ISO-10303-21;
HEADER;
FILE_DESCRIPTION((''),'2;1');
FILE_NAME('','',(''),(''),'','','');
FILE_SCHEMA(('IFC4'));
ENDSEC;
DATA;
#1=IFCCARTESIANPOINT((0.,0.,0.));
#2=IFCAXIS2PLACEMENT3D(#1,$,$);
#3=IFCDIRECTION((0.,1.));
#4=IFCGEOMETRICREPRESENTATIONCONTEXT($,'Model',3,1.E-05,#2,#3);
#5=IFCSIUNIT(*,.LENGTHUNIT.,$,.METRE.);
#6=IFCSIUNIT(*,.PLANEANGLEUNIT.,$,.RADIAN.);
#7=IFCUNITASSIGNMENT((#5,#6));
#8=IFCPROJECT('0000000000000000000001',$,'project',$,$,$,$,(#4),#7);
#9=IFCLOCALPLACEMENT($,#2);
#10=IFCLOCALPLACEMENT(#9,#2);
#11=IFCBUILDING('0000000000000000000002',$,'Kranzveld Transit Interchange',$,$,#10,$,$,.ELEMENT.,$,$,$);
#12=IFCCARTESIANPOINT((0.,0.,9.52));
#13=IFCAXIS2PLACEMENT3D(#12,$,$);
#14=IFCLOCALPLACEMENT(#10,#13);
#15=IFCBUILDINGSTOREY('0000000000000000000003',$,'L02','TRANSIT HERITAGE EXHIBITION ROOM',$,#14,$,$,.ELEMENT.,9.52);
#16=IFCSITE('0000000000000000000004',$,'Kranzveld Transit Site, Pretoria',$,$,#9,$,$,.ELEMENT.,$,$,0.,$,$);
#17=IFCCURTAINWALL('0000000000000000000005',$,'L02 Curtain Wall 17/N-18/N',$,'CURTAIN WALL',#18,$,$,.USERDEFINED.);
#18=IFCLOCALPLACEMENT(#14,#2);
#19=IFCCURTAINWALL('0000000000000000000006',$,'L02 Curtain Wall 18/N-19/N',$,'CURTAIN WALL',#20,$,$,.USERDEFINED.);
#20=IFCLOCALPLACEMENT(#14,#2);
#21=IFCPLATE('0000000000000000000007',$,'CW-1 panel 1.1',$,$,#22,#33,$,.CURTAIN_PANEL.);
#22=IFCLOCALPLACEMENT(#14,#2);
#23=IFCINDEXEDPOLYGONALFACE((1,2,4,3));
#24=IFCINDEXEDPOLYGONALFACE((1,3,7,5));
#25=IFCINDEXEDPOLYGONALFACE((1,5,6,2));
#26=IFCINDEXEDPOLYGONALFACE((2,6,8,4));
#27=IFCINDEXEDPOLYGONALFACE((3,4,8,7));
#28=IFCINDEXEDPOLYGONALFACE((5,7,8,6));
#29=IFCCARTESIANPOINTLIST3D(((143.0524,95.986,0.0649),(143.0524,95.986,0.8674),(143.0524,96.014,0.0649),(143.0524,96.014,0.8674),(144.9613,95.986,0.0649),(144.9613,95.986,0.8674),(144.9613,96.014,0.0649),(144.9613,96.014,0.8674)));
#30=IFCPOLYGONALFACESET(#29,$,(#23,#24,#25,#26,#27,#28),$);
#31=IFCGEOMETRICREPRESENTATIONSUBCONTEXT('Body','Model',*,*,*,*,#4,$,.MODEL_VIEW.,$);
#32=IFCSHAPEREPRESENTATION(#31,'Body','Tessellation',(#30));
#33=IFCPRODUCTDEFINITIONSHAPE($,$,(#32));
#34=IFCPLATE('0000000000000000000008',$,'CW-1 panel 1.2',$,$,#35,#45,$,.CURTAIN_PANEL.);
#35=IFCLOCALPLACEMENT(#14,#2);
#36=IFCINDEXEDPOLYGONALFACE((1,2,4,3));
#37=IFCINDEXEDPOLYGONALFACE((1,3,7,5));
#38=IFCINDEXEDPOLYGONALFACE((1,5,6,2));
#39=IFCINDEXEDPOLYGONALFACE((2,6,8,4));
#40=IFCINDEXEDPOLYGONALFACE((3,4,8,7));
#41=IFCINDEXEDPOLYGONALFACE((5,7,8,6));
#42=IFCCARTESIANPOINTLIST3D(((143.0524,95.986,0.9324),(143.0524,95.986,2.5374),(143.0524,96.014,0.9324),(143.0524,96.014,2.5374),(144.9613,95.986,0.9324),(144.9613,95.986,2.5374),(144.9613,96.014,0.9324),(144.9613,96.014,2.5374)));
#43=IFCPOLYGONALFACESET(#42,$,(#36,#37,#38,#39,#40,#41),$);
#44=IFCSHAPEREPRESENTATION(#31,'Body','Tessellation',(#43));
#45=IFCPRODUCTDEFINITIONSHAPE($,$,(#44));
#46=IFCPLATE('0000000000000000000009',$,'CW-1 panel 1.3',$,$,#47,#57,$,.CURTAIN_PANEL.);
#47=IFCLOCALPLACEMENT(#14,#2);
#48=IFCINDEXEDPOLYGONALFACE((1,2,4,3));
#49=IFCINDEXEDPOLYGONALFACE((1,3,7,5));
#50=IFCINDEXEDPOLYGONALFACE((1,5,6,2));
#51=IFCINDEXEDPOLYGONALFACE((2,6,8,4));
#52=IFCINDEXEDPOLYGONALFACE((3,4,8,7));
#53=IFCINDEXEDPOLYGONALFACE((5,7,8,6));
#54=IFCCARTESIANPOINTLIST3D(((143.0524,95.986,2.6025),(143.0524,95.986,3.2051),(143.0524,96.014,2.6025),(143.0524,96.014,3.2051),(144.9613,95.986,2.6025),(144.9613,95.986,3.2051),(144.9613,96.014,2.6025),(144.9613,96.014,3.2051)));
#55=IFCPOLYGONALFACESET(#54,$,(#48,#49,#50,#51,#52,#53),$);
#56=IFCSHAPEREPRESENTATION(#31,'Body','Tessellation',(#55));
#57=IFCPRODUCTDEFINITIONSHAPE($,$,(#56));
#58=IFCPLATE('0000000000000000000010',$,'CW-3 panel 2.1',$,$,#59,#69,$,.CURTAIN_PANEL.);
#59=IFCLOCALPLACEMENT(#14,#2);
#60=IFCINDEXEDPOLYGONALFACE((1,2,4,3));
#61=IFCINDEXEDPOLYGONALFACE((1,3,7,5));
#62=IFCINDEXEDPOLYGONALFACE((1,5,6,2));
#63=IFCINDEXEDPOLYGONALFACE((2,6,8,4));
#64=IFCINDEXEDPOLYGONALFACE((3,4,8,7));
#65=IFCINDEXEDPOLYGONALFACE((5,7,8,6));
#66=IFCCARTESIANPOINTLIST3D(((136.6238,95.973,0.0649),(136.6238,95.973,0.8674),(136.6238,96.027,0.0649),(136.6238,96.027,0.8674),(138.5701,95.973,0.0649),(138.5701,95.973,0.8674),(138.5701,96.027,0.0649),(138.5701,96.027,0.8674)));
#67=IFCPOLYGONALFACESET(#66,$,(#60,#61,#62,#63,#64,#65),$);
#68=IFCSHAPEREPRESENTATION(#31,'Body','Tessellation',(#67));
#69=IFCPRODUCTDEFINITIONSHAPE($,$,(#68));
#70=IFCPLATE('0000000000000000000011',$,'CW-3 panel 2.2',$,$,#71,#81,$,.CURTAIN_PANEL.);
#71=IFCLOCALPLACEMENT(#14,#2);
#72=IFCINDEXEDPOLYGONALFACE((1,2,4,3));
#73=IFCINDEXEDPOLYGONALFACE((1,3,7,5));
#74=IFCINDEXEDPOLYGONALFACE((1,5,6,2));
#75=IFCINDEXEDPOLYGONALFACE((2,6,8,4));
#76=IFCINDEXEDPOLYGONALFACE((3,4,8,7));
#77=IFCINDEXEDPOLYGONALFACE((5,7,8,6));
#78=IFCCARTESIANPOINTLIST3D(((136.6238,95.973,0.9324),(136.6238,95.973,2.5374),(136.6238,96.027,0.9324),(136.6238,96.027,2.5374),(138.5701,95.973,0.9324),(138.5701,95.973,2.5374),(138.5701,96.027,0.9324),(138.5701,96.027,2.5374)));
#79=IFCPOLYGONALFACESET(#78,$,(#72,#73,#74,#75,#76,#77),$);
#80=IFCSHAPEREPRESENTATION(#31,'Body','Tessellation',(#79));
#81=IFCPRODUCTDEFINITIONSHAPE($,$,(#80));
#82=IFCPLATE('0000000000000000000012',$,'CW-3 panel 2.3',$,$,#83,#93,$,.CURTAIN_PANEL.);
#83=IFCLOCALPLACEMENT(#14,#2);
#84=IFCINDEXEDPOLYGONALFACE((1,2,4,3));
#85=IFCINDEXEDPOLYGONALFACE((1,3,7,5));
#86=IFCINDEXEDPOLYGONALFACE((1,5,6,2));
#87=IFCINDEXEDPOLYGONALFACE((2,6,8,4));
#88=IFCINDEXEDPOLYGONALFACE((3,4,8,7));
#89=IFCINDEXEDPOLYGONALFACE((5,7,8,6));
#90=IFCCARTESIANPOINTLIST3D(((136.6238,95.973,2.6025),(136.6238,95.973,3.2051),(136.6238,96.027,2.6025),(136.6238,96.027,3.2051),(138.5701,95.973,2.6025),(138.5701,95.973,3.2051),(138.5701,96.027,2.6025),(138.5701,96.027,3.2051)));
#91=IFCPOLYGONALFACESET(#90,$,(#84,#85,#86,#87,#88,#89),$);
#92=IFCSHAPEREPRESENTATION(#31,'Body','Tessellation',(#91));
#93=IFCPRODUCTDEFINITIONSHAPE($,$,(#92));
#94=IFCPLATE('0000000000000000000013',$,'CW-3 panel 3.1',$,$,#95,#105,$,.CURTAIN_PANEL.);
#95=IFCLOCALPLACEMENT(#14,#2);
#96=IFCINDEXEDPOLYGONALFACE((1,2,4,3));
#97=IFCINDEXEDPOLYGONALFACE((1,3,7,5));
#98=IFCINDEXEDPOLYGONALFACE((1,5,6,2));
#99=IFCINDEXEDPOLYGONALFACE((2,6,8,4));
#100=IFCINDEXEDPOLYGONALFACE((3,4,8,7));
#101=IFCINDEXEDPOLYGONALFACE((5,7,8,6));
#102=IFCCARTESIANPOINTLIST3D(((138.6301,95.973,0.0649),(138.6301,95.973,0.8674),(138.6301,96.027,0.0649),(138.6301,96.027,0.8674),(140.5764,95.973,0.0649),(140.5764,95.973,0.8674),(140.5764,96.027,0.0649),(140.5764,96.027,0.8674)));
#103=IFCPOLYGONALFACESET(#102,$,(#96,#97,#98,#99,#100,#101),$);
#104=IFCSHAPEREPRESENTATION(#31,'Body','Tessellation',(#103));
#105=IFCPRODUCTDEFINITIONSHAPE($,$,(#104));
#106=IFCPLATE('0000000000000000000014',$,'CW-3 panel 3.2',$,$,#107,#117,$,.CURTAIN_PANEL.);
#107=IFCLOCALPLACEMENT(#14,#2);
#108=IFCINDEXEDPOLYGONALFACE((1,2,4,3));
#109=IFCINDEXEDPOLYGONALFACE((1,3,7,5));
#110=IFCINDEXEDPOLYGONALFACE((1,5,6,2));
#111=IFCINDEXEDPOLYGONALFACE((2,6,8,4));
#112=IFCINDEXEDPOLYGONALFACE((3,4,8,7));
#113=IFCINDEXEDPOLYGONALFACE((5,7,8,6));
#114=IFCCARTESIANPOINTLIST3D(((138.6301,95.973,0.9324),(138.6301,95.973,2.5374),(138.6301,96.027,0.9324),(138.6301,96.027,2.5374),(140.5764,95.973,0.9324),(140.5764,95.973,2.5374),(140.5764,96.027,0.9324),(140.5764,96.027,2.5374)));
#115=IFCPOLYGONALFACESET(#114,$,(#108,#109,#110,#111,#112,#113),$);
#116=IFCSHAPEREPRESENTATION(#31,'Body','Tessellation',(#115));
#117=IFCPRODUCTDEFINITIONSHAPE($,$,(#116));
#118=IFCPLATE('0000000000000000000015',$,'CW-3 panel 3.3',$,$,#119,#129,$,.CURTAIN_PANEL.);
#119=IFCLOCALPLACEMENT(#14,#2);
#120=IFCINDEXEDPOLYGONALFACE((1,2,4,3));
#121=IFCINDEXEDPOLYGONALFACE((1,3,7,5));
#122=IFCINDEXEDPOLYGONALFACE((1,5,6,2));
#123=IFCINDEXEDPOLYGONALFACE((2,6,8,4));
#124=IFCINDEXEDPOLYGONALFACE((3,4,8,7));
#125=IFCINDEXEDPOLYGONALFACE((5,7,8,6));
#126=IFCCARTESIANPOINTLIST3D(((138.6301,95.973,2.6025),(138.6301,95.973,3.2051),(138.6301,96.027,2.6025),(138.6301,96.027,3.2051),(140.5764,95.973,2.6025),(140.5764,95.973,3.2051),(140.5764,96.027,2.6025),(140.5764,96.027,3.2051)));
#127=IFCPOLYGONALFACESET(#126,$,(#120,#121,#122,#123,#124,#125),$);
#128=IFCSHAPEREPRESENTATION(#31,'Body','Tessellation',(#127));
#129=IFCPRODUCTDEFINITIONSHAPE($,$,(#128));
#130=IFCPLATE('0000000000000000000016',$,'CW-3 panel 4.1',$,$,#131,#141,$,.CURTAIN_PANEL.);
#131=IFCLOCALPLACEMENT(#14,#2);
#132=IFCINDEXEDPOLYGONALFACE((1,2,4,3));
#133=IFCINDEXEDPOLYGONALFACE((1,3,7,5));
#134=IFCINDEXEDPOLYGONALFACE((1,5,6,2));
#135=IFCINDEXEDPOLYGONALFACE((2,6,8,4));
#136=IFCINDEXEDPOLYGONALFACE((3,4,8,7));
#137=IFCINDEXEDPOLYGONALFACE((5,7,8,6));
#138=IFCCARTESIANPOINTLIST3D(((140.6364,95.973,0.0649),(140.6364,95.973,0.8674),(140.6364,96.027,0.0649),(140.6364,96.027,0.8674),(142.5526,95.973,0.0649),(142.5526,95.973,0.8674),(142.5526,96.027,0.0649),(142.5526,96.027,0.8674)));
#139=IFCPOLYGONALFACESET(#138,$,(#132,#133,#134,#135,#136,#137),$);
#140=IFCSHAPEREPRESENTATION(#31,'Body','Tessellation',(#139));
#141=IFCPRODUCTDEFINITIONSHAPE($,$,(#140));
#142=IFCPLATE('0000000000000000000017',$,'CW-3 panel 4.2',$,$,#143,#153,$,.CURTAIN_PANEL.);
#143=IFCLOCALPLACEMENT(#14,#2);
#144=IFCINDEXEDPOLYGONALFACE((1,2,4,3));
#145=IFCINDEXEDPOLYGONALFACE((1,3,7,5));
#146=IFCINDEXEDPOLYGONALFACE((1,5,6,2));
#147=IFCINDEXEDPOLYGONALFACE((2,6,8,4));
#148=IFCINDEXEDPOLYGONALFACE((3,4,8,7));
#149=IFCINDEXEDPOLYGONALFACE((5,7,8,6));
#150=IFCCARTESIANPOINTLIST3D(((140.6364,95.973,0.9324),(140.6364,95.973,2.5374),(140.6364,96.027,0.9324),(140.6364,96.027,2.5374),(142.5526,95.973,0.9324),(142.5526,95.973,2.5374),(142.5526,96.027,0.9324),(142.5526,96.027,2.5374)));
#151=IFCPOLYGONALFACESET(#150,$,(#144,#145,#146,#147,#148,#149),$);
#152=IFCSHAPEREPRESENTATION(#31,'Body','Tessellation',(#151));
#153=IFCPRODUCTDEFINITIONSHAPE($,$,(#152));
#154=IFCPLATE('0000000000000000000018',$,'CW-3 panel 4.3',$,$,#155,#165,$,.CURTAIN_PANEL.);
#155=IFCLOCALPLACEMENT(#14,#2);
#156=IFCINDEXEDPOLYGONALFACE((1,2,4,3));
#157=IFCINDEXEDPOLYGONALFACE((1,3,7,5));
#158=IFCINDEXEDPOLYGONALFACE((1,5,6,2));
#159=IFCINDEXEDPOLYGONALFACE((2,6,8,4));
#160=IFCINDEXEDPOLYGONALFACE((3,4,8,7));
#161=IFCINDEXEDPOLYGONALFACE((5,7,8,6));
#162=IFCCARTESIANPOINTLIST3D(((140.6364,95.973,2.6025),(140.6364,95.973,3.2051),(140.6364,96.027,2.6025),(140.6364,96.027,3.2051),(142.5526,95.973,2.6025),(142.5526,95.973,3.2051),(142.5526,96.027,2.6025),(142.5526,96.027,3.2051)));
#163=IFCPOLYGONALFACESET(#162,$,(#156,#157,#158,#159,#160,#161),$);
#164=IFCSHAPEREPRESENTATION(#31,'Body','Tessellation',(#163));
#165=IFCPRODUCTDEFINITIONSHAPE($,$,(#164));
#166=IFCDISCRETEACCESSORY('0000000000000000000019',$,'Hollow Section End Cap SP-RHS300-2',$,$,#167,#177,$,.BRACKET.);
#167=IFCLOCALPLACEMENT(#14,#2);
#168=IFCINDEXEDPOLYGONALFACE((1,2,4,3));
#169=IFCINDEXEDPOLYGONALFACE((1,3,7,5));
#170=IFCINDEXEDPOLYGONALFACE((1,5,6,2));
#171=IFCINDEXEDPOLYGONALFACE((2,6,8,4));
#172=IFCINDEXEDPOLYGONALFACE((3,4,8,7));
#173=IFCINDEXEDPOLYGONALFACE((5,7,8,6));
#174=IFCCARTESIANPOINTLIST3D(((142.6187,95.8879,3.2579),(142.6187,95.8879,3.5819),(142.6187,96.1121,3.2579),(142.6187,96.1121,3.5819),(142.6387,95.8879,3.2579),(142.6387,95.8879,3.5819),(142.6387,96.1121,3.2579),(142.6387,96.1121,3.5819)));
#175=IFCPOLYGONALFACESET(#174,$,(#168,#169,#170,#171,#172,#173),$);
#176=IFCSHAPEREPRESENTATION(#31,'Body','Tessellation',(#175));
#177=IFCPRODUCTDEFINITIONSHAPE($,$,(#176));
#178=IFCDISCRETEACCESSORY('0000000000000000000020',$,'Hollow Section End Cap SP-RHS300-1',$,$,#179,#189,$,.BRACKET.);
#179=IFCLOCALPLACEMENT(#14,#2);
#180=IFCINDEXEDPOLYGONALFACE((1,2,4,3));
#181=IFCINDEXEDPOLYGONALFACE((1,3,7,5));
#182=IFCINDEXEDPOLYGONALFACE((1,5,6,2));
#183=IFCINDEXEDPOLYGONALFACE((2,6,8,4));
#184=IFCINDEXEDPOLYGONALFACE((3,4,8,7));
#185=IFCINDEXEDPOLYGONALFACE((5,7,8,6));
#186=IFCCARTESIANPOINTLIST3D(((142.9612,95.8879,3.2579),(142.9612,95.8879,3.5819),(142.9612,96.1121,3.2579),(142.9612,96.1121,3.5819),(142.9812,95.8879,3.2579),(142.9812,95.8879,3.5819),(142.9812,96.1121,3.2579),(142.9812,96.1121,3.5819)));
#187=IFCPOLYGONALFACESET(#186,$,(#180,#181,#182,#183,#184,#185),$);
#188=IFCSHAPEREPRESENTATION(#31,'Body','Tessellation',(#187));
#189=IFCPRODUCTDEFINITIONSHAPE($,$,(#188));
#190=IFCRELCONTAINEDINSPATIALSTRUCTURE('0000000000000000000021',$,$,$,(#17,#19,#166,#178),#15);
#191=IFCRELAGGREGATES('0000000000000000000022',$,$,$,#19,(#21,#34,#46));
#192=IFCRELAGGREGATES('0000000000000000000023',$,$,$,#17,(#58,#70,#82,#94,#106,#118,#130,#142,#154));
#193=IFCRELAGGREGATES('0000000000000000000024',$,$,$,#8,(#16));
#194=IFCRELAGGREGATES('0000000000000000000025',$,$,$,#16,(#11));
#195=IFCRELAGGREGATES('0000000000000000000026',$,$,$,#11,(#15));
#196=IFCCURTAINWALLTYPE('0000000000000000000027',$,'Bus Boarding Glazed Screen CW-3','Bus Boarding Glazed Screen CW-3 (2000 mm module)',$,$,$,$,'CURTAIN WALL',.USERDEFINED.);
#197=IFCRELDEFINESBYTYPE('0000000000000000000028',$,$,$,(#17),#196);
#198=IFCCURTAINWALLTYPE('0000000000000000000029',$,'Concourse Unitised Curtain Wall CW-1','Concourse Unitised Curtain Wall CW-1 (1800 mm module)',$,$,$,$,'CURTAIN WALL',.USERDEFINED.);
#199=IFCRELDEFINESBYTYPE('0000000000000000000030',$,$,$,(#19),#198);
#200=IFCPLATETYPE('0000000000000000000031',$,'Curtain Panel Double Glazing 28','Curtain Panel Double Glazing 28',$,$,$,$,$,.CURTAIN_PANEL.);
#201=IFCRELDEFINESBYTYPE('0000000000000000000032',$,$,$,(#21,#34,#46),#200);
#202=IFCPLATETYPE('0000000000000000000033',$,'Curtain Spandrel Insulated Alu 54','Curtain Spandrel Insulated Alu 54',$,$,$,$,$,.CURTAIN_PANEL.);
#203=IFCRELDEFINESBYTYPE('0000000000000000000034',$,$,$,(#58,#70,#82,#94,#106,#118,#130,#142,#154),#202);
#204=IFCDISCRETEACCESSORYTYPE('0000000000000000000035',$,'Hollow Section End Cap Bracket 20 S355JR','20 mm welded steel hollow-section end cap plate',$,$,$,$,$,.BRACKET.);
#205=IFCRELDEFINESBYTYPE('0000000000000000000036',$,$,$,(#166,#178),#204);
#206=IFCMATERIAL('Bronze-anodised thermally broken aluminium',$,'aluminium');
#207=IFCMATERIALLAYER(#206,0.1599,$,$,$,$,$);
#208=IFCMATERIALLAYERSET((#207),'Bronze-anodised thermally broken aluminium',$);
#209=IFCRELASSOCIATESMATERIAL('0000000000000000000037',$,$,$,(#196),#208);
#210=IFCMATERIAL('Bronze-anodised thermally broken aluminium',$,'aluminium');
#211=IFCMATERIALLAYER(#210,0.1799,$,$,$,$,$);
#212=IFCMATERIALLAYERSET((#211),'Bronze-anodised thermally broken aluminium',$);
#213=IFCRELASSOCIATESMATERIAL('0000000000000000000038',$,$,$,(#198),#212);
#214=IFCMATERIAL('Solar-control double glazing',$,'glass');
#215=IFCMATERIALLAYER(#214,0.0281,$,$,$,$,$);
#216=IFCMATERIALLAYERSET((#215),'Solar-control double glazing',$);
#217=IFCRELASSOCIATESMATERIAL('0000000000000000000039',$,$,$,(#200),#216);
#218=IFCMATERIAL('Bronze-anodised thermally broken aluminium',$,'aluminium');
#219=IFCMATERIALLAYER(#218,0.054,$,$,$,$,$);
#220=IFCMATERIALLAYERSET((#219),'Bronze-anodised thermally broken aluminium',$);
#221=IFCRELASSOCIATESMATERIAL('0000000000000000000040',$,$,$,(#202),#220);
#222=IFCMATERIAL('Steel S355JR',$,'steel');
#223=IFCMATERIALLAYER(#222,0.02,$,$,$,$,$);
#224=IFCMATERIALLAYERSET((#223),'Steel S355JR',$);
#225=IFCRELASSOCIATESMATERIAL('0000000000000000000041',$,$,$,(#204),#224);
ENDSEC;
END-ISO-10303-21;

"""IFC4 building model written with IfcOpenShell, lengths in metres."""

from ifc_helpers import new_model, si_unit, direction, frame, origin, origin_2d, place, context, subcontext, project, spatial, rectangle, extrude, material, layer, layer_set, type_object, element, aggregate, save


model = new_model("IFC4")

# Units and contexts
model_context = context("Model", 3, precision=1e-05, world=origin(), true_north=direction((0.0, 1.0)))
body_context = subcontext(model_context, "Body", "Model", "MODEL_VIEW")
ifc_project = project(units=[si_unit("LENGTHUNIT", "METRE"), si_unit("PLANEANGLEUNIT", "RADIAN")], contexts=[model_context])

# Site, building, storey
site_placement = place(None, origin())
site = spatial("IfcSite", under=ifc_project, at=site_placement, Name="Kranzveld Transit Site, Pretoria", CompositionType="ELEMENT", RefElevation=0.0)
building_placement = place(site_placement, origin())
building = spatial("IfcBuilding", under=site, at=building_placement, Name="Kranzveld Transit Interchange", CompositionType="ELEMENT")
storey_placement = place(building_placement, frame((0.0, 0.0, 9.52)))
storey = spatial("IfcBuildingStorey", under=building, at=storey_placement, Name="L02", Description="TRANSIT HERITAGE EXHIBITION ROOM", CompositionType="ELEMENT", Elevation=9.52)

# Curtain wall
ifc_material_1 = material(Name="Bronze-anodised thermally broken aluminium", Category="aluminium")
ifc_layer_1 = layer(ifc_material_1, 0.1599)
ifc_layer_set_1 = layer_set([ifc_layer_1], Name="Bronze-anodised thermally broken aluminium")
curtain_wall_type_1 = type_object("IfcCurtainWallType", Name="Bus Boarding Glazed Screen CW-3", Description="Bus Boarding Glazed Screen CW-3 (2000 mm module)", ElementType="CURTAIN WALL", PredefinedType="USERDEFINED", material=ifc_layer_set_1)
curtain_wall_1_placement = place(storey_placement, origin())
curtain_wall_1 = element("IfcCurtainWall", 1, at=curtain_wall_1_placement, inside=storey, type_object=curtain_wall_type_1, Name="L02 Curtain Wall 17/N-18/N", ObjectType="CURTAIN WALL", PredefinedType="USERDEFINED")

# Curtain wall
ifc_material_2 = material(Name="Bronze-anodised thermally broken aluminium", Category="aluminium")
ifc_layer_2 = layer(ifc_material_2, 0.1799)
ifc_layer_set_2 = layer_set([ifc_layer_2], Name="Bronze-anodised thermally broken aluminium")
curtain_wall_type_2 = type_object("IfcCurtainWallType", Name="Concourse Unitised Curtain Wall CW-1", Description="Concourse Unitised Curtain Wall CW-1 (1800 mm module)", ElementType="CURTAIN WALL", PredefinedType="USERDEFINED", material=ifc_layer_set_2)
curtain_wall_2_placement = place(storey_placement, origin())
curtain_wall_2 = element("IfcCurtainWall", 2, at=curtain_wall_2_placement, inside=storey, type_object=curtain_wall_type_2, Name="L02 Curtain Wall 18/N-19/N", ObjectType="CURTAIN WALL", PredefinedType="USERDEFINED")

# Plates
ifc_material_3 = material(Name="Solar-control double glazing", Category="glass")
ifc_layer_3 = layer(ifc_material_3, 0.0281)
ifc_layer_set_3 = layer_set([ifc_layer_3], Name="Solar-control double glazing")
plate_type_1 = type_object("IfcPlateType", Name="Curtain Panel Double Glazing 28", Description="Curtain Panel Double Glazing 28", PredefinedType="CURTAIN_PANEL", material=ifc_layer_set_3)
plate_1_placement = place(storey_placement, frame((144.0068, 96.0, 0.0649), z_axis=(0.0, 0.0, 1.0), x_axis=(1.0, 0.0, 0.0)))
plate_1 = element("IfcPlate", 3, at=plate_1_placement, type_object=plate_type_1, Name="CW-1 panel 1.1", PredefinedType="CURTAIN_PANEL", context=body_context, shape_type="SweptSolid", body=[
    extrude(rectangle(XDim=1.9089, YDim=0.0281, at=origin_2d()), origin(), (0.0, 0.0, 1.0), 0.8025),
])
plate_2_placement = place(storey_placement, frame((144.0068, 96.0, 0.9324), z_axis=(0.0, 0.0, 1.0), x_axis=(1.0, 0.0, 0.0)))
plate_2 = element("IfcPlate", 4, at=plate_2_placement, type_object=plate_type_1, Name="CW-1 panel 1.2", PredefinedType="CURTAIN_PANEL", context=body_context, shape_type="SweptSolid", body=[
    extrude(rectangle(XDim=1.9089, YDim=0.0281, at=origin_2d()), origin(), (0.0, 0.0, 1.0), 1.605),
])
plate_3_placement = place(storey_placement, frame((144.0068, 96.0, 2.6025), z_axis=(0.0, 0.0, 1.0), x_axis=(1.0, 0.0, 0.0)))
plate_3 = element("IfcPlate", 5, at=plate_3_placement, type_object=plate_type_1, Name="CW-1 panel 1.3", PredefinedType="CURTAIN_PANEL", context=body_context, shape_type="SweptSolid", body=[
    extrude(rectangle(XDim=1.9089, YDim=0.0281, at=origin_2d()), origin(), (0.0, 0.0, 1.0), 0.6025),
])
aggregate(curtain_wall_2, [plate_1, plate_2, plate_3])
ifc_material_4 = material(Name="Bronze-anodised thermally broken aluminium", Category="aluminium")
ifc_layer_4 = layer(ifc_material_4, 0.054)
ifc_layer_set_4 = layer_set([ifc_layer_4], Name="Bronze-anodised thermally broken aluminium")
plate_type_2 = type_object("IfcPlateType", Name="Curtain Spandrel Insulated Alu 54", Description="Curtain Spandrel Insulated Alu 54", PredefinedType="CURTAIN_PANEL", material=ifc_layer_set_4)
plate_4_placement = place(storey_placement, frame((137.5969, 96.0, 0.0649), z_axis=(0.0, 0.0, 1.0), x_axis=(1.0, 0.0, 0.0)))
plate_4 = element("IfcPlate", 6, at=plate_4_placement, type_object=plate_type_2, Name="CW-3 panel 2.1", PredefinedType="CURTAIN_PANEL", context=body_context, shape_type="SweptSolid", body=[
    extrude(rectangle(XDim=1.9463, YDim=0.054, at=origin_2d()), origin(), (0.0, 0.0, 1.0), 0.8025),
])
plate_5_placement = place(storey_placement, frame((137.5969, 96.0, 0.9324), z_axis=(0.0, 0.0, 1.0), x_axis=(1.0, 0.0, 0.0)))
plate_5 = element("IfcPlate", 7, at=plate_5_placement, type_object=plate_type_2, Name="CW-3 panel 2.2", PredefinedType="CURTAIN_PANEL", context=body_context, shape_type="SweptSolid", body=[
    extrude(rectangle(XDim=1.9463, YDim=0.054, at=origin_2d()), origin(), (0.0, 0.0, 1.0), 1.605),
])
plate_6_placement = place(storey_placement, frame((137.5969, 96.0, 2.6025), z_axis=(0.0, 0.0, 1.0), x_axis=(1.0, 0.0, 0.0)))
plate_6 = element("IfcPlate", 8, at=plate_6_placement, type_object=plate_type_2, Name="CW-3 panel 2.3", PredefinedType="CURTAIN_PANEL", context=body_context, shape_type="SweptSolid", body=[
    extrude(rectangle(XDim=1.9463, YDim=0.054, at=origin_2d()), origin(), (0.0, 0.0, 1.0), 0.6025),
])
plate_7_placement = place(storey_placement, frame((139.6033, 96.0, 0.0649), z_axis=(0.0, 0.0, 1.0), x_axis=(1.0, 0.0, 0.0)))
plate_7 = element("IfcPlate", 9, at=plate_7_placement, type_object=plate_type_2, Name="CW-3 panel 3.1", PredefinedType="CURTAIN_PANEL", context=body_context, shape_type="SweptSolid", body=[
    extrude(rectangle(XDim=1.9463, YDim=0.054, at=origin_2d()), origin(), (0.0, 0.0, 1.0), 0.8025),
])
plate_8_placement = place(storey_placement, frame((139.6033, 96.0, 0.9324), z_axis=(0.0, 0.0, 1.0), x_axis=(1.0, 0.0, 0.0)))
plate_8 = element("IfcPlate", 10, at=plate_8_placement, type_object=plate_type_2, Name="CW-3 panel 3.2", PredefinedType="CURTAIN_PANEL", context=body_context, shape_type="SweptSolid", body=[
    extrude(rectangle(XDim=1.9463, YDim=0.054, at=origin_2d()), origin(), (0.0, 0.0, 1.0), 1.605),
])
plate_9_placement = place(storey_placement, frame((139.6033, 96.0, 2.6025), z_axis=(0.0, 0.0, 1.0), x_axis=(1.0, 0.0, 0.0)))
plate_9 = element("IfcPlate", 11, at=plate_9_placement, type_object=plate_type_2, Name="CW-3 panel 3.3", PredefinedType="CURTAIN_PANEL", context=body_context, shape_type="SweptSolid", body=[
    extrude(rectangle(XDim=1.9463, YDim=0.054, at=origin_2d()), origin(), (0.0, 0.0, 1.0), 0.6025),
])
plate_10_placement = place(storey_placement, frame((141.5945, 96.0, 0.0649), z_axis=(0.0, 0.0, 1.0), x_axis=(1.0, 0.0, 0.0)))
plate_10 = element("IfcPlate", 12, at=plate_10_placement, type_object=plate_type_2, Name="CW-3 panel 4.1", PredefinedType="CURTAIN_PANEL", context=body_context, shape_type="SweptSolid", body=[
    extrude(rectangle(XDim=1.9163, YDim=0.054, at=origin_2d()), origin(), (0.0, 0.0, 1.0), 0.8025),
])
plate_11_placement = place(storey_placement, frame((141.5945, 96.0, 0.9324), z_axis=(0.0, 0.0, 1.0), x_axis=(1.0, 0.0, 0.0)))
plate_11 = element("IfcPlate", 13, at=plate_11_placement, type_object=plate_type_2, Name="CW-3 panel 4.2", PredefinedType="CURTAIN_PANEL", context=body_context, shape_type="SweptSolid", body=[
    extrude(rectangle(XDim=1.9163, YDim=0.054, at=origin_2d()), origin(), (0.0, 0.0, 1.0), 1.605),
])
plate_12_placement = place(storey_placement, frame((141.5945, 96.0, 2.6025), z_axis=(0.0, 0.0, 1.0), x_axis=(1.0, 0.0, 0.0)))
plate_12 = element("IfcPlate", 14, at=plate_12_placement, type_object=plate_type_2, Name="CW-3 panel 4.3", PredefinedType="CURTAIN_PANEL", context=body_context, shape_type="SweptSolid", body=[
    extrude(rectangle(XDim=1.9163, YDim=0.054, at=origin_2d()), origin(), (0.0, 0.0, 1.0), 0.6025),
])
aggregate(curtain_wall_1, [plate_4, plate_5, plate_6, plate_7, plate_8, plate_9, plate_10, plate_11, plate_12])

# Discrete accessories
ifc_material_5 = material(Name="Steel S355JR", Category="steel")
ifc_layer_5 = layer(ifc_material_5, 0.02)
ifc_layer_set_5 = layer_set([ifc_layer_5], Name="Steel S355JR")
discrete_accessory_type = type_object("IfcDiscreteAccessoryType", Name="Hollow Section End Cap Bracket 20 S355JR", Description="20 mm welded steel hollow-section end cap plate", PredefinedType="BRACKET", material=ifc_layer_set_5)
for number, where, z_axis, x_axis, name in (
    (15, (142.6187, 96.0, 3.4199), (1.0, 0.0, 0.0), (0.0, 1.0, 0.0), "Hollow Section End Cap SP-RHS300-2"),
    (16, (142.9812, 96.0, 3.4199), (-1.0, 0.0, 0.0), (0.0, -1.0, 0.0), "Hollow Section End Cap SP-RHS300-1"),
):
    element("IfcDiscreteAccessory", number, at=place(storey_placement, frame(where, z_axis=z_axis, x_axis=x_axis)), inside=storey, type_object=discrete_accessory_type, Name=name, PredefinedType="BRACKET", context=body_context, shape_type="SweptSolid", body=[
        extrude(rectangle(XDim=0.2241, YDim=0.324, at=origin_2d()), origin(), (0.0, 0.0, 1.0), 0.02),
    ])

save(model, "model.ifc")
